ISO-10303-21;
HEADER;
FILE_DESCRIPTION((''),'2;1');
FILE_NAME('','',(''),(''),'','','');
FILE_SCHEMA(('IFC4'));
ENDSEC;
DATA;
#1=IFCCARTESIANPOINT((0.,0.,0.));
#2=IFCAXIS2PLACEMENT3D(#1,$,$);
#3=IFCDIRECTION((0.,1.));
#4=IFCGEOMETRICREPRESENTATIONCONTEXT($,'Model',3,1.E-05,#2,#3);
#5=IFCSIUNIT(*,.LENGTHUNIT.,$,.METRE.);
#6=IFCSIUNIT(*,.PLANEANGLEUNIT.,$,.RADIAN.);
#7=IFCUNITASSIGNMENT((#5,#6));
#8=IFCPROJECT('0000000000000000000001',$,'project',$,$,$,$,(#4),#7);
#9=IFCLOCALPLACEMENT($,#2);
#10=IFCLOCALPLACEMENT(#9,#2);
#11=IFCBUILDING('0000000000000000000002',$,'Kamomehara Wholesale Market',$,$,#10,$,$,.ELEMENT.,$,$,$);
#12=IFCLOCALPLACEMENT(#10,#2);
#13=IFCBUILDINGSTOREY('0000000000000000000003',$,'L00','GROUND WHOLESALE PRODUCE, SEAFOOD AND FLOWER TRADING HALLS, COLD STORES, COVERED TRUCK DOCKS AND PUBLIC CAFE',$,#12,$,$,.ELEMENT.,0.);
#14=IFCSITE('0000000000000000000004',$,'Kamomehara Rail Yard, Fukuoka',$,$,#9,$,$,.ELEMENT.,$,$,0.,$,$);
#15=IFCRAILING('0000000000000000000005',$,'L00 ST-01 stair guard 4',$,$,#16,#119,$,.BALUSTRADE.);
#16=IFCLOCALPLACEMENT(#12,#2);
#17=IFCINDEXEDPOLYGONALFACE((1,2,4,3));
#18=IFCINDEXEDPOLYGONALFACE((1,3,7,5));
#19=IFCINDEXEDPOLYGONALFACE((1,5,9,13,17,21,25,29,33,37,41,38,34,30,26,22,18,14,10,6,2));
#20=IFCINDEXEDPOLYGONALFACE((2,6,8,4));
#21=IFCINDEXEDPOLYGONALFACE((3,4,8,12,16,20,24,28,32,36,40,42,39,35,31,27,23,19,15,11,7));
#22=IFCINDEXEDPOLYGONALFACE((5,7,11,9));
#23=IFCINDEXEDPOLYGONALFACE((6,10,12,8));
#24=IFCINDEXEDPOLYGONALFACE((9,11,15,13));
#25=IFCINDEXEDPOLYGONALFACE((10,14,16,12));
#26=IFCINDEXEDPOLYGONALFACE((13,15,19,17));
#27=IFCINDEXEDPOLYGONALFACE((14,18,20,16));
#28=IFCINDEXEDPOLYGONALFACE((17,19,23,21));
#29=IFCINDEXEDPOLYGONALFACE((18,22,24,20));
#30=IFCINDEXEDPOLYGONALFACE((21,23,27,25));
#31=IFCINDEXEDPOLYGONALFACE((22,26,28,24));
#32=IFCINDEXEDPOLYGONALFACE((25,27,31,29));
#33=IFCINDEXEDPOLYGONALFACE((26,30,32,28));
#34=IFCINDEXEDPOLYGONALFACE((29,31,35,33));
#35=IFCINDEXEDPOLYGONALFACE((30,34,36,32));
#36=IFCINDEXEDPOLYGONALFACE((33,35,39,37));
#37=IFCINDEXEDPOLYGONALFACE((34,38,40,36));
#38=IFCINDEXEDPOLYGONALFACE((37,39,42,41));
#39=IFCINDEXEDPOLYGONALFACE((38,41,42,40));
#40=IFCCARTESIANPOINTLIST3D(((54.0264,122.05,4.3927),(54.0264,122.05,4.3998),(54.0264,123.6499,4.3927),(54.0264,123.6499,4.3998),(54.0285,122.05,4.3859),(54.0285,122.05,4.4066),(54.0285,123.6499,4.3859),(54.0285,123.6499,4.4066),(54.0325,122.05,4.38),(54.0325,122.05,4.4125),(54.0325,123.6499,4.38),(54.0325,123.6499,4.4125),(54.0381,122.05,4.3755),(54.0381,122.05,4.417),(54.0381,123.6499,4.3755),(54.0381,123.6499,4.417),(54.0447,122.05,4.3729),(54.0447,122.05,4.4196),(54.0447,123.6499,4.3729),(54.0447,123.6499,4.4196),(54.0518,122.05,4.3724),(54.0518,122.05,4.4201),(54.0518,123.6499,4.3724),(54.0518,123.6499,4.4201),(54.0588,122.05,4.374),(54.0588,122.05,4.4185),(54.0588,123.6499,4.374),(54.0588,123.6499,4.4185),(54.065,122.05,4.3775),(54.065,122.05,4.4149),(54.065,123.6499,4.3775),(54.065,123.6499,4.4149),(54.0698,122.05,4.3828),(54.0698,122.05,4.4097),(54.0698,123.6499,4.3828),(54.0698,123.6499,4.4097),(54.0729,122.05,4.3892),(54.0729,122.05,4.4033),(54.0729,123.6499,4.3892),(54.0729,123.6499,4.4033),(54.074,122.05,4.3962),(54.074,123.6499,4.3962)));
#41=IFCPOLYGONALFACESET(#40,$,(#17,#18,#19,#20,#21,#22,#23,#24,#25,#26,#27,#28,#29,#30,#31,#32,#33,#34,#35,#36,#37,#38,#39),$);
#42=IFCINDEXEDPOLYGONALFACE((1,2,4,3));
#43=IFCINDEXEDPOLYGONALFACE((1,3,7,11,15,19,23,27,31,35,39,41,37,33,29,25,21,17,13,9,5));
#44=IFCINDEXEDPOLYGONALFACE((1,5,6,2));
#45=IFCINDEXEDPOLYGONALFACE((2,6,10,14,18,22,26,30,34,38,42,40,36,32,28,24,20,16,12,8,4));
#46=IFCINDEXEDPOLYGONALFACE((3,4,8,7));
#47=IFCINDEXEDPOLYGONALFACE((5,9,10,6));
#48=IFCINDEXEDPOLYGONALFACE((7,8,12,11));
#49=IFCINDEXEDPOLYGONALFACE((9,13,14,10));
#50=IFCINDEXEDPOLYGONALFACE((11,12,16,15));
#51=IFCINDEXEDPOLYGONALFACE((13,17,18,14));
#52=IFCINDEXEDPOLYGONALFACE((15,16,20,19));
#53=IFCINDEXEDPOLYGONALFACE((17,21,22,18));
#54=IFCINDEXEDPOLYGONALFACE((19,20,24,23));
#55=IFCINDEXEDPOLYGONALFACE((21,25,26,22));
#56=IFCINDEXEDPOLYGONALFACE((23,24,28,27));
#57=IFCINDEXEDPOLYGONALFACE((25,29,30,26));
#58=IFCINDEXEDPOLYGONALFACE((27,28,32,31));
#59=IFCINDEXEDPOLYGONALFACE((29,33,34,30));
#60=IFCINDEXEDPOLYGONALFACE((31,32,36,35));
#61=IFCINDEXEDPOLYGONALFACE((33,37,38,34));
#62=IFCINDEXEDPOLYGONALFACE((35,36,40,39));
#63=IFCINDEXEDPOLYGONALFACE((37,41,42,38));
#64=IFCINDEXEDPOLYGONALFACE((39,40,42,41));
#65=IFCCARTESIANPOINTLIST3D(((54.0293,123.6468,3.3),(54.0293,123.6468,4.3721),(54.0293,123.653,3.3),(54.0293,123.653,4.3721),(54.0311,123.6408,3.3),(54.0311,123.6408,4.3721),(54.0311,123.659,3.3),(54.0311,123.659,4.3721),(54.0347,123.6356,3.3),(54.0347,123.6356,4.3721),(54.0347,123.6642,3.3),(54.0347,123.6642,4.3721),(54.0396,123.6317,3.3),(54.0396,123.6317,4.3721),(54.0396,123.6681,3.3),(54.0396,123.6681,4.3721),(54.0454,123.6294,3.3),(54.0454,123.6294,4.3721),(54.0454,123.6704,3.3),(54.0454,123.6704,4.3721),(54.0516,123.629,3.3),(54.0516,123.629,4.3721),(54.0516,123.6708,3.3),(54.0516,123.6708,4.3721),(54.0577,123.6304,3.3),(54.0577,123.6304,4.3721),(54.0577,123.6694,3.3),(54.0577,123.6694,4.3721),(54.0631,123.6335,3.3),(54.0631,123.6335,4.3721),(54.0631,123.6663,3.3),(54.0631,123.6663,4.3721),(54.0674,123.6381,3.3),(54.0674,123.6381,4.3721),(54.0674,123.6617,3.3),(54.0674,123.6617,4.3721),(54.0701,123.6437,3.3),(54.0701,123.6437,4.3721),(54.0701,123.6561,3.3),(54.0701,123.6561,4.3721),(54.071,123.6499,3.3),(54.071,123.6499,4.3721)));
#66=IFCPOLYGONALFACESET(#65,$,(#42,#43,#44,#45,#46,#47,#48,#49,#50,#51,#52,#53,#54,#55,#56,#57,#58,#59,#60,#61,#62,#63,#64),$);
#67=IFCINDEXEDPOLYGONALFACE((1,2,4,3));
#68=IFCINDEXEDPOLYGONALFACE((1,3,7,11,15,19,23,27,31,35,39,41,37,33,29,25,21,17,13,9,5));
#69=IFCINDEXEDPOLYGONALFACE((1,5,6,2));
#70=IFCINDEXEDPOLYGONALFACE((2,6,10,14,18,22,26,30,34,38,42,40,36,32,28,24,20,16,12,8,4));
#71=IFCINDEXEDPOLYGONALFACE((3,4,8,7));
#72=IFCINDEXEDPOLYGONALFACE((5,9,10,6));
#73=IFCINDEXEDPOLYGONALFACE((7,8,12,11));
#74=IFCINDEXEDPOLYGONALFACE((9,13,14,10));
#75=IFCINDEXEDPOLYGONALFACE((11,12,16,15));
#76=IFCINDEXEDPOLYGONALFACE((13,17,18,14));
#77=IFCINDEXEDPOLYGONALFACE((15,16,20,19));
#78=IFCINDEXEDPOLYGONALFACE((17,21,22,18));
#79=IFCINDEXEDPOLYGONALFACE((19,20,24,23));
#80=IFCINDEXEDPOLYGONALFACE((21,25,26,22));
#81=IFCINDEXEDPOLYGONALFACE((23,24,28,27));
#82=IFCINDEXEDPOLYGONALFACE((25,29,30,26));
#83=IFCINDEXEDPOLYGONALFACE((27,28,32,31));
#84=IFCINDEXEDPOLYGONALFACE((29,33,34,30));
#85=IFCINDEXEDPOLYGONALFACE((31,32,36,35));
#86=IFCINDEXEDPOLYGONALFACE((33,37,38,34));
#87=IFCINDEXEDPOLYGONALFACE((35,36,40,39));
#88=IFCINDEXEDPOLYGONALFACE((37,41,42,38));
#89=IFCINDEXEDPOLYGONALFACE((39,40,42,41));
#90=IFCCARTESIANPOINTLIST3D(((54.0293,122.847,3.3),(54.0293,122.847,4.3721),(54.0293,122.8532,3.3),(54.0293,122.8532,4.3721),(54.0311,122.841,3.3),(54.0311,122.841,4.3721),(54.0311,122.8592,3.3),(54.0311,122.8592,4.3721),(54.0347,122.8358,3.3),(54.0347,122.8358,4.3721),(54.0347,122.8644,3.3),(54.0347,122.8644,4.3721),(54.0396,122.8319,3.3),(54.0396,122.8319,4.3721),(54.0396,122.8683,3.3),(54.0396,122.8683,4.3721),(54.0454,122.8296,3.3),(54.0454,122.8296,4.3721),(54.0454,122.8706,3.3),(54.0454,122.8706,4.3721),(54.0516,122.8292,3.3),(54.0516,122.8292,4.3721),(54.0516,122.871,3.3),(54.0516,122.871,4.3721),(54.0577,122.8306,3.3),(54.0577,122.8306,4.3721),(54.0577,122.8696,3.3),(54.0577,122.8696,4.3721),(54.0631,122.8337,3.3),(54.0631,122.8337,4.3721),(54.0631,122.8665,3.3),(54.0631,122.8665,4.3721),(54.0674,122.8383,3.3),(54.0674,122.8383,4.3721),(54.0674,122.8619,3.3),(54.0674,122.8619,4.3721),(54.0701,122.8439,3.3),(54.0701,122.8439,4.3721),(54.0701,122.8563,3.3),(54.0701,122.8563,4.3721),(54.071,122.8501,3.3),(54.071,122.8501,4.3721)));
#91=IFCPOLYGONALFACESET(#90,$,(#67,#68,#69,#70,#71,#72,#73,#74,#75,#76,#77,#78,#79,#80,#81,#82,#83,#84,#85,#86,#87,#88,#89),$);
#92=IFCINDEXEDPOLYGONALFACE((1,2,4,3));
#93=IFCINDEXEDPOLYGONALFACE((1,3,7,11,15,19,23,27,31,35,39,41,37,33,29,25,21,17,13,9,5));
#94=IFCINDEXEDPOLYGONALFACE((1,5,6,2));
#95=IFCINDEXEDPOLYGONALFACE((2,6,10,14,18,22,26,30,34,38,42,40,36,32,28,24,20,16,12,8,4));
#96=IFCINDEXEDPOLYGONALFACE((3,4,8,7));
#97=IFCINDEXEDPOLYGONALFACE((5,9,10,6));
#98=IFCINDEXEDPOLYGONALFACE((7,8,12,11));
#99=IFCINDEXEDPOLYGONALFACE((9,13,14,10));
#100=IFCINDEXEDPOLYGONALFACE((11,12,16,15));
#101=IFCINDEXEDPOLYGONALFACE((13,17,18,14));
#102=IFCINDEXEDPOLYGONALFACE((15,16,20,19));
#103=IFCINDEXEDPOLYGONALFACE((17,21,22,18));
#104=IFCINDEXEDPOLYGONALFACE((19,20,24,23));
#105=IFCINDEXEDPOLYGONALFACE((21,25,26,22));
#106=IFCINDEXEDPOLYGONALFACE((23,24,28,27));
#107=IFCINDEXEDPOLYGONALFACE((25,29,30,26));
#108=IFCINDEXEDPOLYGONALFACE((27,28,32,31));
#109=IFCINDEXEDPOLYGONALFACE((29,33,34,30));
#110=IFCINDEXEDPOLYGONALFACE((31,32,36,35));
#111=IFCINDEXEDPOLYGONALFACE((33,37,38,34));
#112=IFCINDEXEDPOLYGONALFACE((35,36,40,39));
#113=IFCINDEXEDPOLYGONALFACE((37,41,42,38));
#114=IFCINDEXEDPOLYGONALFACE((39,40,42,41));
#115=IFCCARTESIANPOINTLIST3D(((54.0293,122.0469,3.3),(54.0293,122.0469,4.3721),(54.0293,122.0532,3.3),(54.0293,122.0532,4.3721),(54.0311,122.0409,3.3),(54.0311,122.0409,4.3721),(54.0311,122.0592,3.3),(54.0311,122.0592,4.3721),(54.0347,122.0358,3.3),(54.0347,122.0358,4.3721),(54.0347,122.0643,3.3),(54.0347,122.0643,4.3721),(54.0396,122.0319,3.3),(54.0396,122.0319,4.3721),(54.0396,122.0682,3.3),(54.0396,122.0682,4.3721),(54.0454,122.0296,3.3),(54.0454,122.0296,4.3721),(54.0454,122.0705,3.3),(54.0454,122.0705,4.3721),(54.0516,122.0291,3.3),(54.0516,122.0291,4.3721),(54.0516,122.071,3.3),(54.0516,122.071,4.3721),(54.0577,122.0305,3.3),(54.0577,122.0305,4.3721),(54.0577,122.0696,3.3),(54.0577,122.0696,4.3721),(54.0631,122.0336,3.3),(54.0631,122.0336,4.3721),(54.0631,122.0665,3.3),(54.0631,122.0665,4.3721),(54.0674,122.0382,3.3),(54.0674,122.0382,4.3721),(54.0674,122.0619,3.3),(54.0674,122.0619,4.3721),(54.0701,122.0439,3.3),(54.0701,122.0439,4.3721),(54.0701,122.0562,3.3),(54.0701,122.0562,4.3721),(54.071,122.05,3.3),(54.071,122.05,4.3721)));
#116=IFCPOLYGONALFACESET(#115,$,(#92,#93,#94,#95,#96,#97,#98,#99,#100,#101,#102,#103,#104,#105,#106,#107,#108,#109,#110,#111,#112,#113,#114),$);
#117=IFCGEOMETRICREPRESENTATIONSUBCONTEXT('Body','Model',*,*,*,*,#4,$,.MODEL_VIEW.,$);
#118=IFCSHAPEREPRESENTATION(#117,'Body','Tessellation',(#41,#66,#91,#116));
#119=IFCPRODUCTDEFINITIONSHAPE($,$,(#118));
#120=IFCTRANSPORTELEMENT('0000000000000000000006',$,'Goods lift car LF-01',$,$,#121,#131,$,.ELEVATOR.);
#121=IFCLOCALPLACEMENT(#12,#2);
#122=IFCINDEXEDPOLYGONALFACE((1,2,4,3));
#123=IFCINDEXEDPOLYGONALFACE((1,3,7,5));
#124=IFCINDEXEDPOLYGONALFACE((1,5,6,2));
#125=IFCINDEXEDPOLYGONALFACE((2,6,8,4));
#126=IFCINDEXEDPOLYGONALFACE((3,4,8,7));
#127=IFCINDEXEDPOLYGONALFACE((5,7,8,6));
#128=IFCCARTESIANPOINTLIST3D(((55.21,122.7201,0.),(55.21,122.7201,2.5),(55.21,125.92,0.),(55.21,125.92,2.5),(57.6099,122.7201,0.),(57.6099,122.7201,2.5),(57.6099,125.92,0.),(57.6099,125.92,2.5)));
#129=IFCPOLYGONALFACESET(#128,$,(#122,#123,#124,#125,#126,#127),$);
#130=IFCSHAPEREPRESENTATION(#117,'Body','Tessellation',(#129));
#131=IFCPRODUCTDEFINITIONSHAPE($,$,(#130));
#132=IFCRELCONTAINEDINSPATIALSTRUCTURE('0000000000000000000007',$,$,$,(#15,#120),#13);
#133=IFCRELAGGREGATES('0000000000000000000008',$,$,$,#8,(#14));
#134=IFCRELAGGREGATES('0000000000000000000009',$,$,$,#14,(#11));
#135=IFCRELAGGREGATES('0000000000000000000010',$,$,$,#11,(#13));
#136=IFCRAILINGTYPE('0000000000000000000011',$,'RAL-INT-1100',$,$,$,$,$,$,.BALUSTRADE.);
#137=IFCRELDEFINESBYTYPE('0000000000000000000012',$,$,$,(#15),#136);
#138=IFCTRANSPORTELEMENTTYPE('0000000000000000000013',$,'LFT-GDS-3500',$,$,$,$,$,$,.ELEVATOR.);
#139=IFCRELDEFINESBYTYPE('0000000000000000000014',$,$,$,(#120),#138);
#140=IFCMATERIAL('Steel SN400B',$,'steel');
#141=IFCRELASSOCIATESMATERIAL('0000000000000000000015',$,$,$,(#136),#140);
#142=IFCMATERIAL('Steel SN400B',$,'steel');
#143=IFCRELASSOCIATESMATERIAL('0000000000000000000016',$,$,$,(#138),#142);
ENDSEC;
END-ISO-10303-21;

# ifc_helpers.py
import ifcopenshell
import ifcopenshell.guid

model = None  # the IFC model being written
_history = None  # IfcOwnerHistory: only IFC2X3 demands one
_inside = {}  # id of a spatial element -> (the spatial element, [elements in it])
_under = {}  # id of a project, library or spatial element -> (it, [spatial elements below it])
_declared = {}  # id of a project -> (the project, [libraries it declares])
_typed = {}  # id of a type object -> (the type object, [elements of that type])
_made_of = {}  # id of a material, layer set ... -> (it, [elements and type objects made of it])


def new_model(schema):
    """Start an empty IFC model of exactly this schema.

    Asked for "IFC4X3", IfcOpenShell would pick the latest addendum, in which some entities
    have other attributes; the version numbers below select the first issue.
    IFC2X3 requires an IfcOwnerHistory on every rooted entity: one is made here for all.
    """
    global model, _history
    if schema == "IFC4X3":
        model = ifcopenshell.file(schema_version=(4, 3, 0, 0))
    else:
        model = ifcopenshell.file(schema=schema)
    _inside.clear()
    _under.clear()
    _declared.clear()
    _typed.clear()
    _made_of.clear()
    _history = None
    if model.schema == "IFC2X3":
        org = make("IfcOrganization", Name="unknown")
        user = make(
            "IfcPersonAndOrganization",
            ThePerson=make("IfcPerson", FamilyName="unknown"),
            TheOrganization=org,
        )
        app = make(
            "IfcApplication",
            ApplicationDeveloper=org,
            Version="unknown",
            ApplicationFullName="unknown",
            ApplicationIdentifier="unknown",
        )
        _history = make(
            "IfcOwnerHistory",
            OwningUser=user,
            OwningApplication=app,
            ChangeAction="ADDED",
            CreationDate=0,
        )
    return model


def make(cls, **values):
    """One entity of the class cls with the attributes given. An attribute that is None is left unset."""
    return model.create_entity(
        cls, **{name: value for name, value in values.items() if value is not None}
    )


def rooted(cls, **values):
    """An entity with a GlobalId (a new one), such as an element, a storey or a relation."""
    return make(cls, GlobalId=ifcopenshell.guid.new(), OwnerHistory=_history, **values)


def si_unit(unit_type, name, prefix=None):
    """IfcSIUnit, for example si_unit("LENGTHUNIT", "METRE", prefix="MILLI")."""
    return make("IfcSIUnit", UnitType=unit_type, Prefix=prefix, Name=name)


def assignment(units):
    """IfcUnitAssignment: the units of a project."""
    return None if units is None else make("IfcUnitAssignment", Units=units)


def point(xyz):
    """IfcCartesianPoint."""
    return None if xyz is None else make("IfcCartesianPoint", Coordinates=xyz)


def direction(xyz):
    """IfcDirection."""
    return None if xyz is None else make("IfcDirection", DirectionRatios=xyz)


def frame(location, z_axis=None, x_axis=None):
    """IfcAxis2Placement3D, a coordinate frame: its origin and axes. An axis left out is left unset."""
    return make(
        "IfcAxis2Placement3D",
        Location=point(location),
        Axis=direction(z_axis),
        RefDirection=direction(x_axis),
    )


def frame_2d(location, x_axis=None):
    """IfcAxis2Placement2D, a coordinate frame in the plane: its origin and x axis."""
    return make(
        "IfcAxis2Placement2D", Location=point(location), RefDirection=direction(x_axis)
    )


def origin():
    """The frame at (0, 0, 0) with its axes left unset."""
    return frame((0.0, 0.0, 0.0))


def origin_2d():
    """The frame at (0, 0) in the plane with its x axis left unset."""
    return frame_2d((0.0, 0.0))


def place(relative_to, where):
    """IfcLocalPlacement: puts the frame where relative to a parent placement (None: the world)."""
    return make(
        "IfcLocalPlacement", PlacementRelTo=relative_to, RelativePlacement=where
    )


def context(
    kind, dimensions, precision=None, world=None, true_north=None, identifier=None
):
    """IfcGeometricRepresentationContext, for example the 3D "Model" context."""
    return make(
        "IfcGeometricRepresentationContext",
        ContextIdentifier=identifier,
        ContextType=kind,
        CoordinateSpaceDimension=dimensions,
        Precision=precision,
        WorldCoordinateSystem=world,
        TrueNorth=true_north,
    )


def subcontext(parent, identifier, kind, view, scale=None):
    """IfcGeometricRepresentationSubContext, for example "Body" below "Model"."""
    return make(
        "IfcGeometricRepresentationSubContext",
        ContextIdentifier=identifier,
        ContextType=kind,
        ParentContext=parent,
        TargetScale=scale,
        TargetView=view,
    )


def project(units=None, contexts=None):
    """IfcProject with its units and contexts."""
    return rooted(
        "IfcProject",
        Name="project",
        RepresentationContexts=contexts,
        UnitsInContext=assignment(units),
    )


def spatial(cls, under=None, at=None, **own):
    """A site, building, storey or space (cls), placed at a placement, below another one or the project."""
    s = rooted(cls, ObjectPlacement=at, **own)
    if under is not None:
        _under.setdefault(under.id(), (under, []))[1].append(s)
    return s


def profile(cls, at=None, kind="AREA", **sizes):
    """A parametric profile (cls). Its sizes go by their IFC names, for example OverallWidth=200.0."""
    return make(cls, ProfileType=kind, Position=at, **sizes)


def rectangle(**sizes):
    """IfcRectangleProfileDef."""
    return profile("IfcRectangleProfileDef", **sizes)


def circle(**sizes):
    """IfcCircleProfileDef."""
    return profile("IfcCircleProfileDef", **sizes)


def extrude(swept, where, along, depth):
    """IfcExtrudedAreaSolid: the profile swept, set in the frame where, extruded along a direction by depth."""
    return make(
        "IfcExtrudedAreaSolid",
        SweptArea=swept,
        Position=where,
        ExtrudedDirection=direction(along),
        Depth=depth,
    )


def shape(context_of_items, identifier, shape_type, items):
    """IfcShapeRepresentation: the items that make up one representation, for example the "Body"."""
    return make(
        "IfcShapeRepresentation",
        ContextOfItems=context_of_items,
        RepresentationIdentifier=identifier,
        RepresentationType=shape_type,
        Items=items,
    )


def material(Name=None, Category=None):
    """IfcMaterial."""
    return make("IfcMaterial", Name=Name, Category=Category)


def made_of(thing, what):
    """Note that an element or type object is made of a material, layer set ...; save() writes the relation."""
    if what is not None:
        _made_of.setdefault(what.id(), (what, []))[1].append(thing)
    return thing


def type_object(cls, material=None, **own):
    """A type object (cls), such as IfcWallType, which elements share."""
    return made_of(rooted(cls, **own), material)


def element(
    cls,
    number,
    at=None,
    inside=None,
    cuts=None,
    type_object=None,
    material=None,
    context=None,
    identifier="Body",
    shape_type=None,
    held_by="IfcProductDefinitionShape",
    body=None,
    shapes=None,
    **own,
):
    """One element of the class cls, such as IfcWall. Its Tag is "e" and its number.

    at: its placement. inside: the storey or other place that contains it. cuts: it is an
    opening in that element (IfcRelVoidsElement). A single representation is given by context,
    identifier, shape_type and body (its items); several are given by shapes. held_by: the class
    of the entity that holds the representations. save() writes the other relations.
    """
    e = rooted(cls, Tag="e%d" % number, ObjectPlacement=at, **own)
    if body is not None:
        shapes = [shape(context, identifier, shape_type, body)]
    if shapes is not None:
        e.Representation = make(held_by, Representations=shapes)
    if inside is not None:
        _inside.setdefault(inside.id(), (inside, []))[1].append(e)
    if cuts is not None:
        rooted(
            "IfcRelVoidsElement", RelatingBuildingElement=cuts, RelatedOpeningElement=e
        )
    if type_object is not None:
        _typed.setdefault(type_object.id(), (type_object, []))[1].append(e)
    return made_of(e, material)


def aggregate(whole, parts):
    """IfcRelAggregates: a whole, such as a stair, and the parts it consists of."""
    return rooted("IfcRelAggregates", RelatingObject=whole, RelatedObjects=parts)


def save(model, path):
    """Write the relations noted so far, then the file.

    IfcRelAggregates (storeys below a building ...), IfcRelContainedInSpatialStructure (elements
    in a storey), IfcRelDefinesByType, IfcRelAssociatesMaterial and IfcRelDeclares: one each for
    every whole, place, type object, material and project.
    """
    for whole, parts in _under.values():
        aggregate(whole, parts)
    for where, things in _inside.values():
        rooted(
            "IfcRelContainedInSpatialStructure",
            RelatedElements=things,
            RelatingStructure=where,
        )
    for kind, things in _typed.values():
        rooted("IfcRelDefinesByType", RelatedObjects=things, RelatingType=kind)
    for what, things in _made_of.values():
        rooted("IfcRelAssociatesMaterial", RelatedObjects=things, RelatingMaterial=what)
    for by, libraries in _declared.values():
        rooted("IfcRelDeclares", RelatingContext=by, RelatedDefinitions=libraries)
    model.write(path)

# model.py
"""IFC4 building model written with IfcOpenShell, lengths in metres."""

from ifc_helpers import new_model, si_unit, direction, frame, origin, origin_2d, place, context, subcontext, project, spatial, rectangle, circle, extrude, material, type_object, element, save


model = new_model("IFC4")

# Units and contexts
model_context = context("Model", 3, precision=1e-05, world=origin(), true_north=direction((0.0, 1.0)))
body_context = subcontext(model_context, "Body", "Model", "MODEL_VIEW")
ifc_project = project(units=[si_unit("LENGTHUNIT", "METRE"), si_unit("PLANEANGLEUNIT", "RADIAN")], contexts=[model_context])

# Site, building, storey
site_placement = place(None, origin())
site = spatial("IfcSite", under=ifc_project, at=site_placement, Name="Kamomehara Rail Yard, Fukuoka", CompositionType="ELEMENT", RefElevation=0.0)
building_placement = place(site_placement, origin())
building = spatial("IfcBuilding", under=site, at=building_placement, Name="Kamomehara Wholesale Market", CompositionType="ELEMENT")
storey_placement = place(building_placement, origin())
storey = spatial("IfcBuildingStorey", under=building, at=storey_placement, Name="L00", Description="GROUND WHOLESALE PRODUCE, SEAFOOD AND FLOWER TRADING HALLS, COLD STORES, COVERED TRUCK DOCKS AND PUBLIC CAFE", CompositionType="ELEMENT", Elevation=0.0)

# Railing
ifc_material_1 = material(Name="Steel SN400B", Category="steel")
railing_type_1 = type_object("IfcRailingType", Name="RAL-INT-1100", PredefinedType="BALUSTRADE", material=ifc_material_1)
railing_1_placement = place(storey_placement, frame((54.05, 123.6499, 3.3)))
element("IfcRailing", 1, at=railing_1_placement, inside=storey, type_object=railing_type_1, Name="L00 ST-01 stair guard 4", PredefinedType="BALUSTRADE", context=body_context, shape_type="SweptSolid", body=[
    extrude(circle(Radius=0.0239, at=origin_2d()), frame((0.0, 0.0, 1.0962), z_axis=(0.0, -1.0, 0.0), x_axis=(1.0, 0.0, 0.0)), (0.0, 0.0, 1.0), 1.5999),
    extrude(circle(Radius=0.021, at=origin_2d()), origin(), (0.0, 0.0, 1.0), 1.072),
    extrude(circle(Radius=0.021, at=origin_2d()), frame((0.0, -0.7998, 0.0)), (0.0, 0.0, 1.0), 1.072),
    extrude(circle(Radius=0.021, at=origin_2d()), frame((0.0, -1.5999, 0.0)), (0.0, 0.0, 1.0), 1.072),
])

# Transport element
ifc_material_2 = material(Name="Steel SN400B", Category="steel")
transport_element_type = type_object("IfcTransportElementType", Name="LFT-GDS-3500", PredefinedType="ELEVATOR", material=ifc_material_2)
transport_element_placement = place(storey_placement, frame((56.4099, 124.3201, 0.0), z_axis=(0.0, 0.0, 1.0), x_axis=(1.0, 0.0, 0.0)))
element("IfcTransportElement", 2, at=transport_element_placement, inside=storey, type_object=transport_element_type, Name="Goods lift car LF-01", PredefinedType="ELEVATOR", context=body_context, shape_type="SweptSolid", body=[
    extrude(rectangle(XDim=2.3999, YDim=3.2, at=origin_2d()), origin(), (0.0, 0.0, 1.0), 2.5),
])

save(model, "model.ifc")
